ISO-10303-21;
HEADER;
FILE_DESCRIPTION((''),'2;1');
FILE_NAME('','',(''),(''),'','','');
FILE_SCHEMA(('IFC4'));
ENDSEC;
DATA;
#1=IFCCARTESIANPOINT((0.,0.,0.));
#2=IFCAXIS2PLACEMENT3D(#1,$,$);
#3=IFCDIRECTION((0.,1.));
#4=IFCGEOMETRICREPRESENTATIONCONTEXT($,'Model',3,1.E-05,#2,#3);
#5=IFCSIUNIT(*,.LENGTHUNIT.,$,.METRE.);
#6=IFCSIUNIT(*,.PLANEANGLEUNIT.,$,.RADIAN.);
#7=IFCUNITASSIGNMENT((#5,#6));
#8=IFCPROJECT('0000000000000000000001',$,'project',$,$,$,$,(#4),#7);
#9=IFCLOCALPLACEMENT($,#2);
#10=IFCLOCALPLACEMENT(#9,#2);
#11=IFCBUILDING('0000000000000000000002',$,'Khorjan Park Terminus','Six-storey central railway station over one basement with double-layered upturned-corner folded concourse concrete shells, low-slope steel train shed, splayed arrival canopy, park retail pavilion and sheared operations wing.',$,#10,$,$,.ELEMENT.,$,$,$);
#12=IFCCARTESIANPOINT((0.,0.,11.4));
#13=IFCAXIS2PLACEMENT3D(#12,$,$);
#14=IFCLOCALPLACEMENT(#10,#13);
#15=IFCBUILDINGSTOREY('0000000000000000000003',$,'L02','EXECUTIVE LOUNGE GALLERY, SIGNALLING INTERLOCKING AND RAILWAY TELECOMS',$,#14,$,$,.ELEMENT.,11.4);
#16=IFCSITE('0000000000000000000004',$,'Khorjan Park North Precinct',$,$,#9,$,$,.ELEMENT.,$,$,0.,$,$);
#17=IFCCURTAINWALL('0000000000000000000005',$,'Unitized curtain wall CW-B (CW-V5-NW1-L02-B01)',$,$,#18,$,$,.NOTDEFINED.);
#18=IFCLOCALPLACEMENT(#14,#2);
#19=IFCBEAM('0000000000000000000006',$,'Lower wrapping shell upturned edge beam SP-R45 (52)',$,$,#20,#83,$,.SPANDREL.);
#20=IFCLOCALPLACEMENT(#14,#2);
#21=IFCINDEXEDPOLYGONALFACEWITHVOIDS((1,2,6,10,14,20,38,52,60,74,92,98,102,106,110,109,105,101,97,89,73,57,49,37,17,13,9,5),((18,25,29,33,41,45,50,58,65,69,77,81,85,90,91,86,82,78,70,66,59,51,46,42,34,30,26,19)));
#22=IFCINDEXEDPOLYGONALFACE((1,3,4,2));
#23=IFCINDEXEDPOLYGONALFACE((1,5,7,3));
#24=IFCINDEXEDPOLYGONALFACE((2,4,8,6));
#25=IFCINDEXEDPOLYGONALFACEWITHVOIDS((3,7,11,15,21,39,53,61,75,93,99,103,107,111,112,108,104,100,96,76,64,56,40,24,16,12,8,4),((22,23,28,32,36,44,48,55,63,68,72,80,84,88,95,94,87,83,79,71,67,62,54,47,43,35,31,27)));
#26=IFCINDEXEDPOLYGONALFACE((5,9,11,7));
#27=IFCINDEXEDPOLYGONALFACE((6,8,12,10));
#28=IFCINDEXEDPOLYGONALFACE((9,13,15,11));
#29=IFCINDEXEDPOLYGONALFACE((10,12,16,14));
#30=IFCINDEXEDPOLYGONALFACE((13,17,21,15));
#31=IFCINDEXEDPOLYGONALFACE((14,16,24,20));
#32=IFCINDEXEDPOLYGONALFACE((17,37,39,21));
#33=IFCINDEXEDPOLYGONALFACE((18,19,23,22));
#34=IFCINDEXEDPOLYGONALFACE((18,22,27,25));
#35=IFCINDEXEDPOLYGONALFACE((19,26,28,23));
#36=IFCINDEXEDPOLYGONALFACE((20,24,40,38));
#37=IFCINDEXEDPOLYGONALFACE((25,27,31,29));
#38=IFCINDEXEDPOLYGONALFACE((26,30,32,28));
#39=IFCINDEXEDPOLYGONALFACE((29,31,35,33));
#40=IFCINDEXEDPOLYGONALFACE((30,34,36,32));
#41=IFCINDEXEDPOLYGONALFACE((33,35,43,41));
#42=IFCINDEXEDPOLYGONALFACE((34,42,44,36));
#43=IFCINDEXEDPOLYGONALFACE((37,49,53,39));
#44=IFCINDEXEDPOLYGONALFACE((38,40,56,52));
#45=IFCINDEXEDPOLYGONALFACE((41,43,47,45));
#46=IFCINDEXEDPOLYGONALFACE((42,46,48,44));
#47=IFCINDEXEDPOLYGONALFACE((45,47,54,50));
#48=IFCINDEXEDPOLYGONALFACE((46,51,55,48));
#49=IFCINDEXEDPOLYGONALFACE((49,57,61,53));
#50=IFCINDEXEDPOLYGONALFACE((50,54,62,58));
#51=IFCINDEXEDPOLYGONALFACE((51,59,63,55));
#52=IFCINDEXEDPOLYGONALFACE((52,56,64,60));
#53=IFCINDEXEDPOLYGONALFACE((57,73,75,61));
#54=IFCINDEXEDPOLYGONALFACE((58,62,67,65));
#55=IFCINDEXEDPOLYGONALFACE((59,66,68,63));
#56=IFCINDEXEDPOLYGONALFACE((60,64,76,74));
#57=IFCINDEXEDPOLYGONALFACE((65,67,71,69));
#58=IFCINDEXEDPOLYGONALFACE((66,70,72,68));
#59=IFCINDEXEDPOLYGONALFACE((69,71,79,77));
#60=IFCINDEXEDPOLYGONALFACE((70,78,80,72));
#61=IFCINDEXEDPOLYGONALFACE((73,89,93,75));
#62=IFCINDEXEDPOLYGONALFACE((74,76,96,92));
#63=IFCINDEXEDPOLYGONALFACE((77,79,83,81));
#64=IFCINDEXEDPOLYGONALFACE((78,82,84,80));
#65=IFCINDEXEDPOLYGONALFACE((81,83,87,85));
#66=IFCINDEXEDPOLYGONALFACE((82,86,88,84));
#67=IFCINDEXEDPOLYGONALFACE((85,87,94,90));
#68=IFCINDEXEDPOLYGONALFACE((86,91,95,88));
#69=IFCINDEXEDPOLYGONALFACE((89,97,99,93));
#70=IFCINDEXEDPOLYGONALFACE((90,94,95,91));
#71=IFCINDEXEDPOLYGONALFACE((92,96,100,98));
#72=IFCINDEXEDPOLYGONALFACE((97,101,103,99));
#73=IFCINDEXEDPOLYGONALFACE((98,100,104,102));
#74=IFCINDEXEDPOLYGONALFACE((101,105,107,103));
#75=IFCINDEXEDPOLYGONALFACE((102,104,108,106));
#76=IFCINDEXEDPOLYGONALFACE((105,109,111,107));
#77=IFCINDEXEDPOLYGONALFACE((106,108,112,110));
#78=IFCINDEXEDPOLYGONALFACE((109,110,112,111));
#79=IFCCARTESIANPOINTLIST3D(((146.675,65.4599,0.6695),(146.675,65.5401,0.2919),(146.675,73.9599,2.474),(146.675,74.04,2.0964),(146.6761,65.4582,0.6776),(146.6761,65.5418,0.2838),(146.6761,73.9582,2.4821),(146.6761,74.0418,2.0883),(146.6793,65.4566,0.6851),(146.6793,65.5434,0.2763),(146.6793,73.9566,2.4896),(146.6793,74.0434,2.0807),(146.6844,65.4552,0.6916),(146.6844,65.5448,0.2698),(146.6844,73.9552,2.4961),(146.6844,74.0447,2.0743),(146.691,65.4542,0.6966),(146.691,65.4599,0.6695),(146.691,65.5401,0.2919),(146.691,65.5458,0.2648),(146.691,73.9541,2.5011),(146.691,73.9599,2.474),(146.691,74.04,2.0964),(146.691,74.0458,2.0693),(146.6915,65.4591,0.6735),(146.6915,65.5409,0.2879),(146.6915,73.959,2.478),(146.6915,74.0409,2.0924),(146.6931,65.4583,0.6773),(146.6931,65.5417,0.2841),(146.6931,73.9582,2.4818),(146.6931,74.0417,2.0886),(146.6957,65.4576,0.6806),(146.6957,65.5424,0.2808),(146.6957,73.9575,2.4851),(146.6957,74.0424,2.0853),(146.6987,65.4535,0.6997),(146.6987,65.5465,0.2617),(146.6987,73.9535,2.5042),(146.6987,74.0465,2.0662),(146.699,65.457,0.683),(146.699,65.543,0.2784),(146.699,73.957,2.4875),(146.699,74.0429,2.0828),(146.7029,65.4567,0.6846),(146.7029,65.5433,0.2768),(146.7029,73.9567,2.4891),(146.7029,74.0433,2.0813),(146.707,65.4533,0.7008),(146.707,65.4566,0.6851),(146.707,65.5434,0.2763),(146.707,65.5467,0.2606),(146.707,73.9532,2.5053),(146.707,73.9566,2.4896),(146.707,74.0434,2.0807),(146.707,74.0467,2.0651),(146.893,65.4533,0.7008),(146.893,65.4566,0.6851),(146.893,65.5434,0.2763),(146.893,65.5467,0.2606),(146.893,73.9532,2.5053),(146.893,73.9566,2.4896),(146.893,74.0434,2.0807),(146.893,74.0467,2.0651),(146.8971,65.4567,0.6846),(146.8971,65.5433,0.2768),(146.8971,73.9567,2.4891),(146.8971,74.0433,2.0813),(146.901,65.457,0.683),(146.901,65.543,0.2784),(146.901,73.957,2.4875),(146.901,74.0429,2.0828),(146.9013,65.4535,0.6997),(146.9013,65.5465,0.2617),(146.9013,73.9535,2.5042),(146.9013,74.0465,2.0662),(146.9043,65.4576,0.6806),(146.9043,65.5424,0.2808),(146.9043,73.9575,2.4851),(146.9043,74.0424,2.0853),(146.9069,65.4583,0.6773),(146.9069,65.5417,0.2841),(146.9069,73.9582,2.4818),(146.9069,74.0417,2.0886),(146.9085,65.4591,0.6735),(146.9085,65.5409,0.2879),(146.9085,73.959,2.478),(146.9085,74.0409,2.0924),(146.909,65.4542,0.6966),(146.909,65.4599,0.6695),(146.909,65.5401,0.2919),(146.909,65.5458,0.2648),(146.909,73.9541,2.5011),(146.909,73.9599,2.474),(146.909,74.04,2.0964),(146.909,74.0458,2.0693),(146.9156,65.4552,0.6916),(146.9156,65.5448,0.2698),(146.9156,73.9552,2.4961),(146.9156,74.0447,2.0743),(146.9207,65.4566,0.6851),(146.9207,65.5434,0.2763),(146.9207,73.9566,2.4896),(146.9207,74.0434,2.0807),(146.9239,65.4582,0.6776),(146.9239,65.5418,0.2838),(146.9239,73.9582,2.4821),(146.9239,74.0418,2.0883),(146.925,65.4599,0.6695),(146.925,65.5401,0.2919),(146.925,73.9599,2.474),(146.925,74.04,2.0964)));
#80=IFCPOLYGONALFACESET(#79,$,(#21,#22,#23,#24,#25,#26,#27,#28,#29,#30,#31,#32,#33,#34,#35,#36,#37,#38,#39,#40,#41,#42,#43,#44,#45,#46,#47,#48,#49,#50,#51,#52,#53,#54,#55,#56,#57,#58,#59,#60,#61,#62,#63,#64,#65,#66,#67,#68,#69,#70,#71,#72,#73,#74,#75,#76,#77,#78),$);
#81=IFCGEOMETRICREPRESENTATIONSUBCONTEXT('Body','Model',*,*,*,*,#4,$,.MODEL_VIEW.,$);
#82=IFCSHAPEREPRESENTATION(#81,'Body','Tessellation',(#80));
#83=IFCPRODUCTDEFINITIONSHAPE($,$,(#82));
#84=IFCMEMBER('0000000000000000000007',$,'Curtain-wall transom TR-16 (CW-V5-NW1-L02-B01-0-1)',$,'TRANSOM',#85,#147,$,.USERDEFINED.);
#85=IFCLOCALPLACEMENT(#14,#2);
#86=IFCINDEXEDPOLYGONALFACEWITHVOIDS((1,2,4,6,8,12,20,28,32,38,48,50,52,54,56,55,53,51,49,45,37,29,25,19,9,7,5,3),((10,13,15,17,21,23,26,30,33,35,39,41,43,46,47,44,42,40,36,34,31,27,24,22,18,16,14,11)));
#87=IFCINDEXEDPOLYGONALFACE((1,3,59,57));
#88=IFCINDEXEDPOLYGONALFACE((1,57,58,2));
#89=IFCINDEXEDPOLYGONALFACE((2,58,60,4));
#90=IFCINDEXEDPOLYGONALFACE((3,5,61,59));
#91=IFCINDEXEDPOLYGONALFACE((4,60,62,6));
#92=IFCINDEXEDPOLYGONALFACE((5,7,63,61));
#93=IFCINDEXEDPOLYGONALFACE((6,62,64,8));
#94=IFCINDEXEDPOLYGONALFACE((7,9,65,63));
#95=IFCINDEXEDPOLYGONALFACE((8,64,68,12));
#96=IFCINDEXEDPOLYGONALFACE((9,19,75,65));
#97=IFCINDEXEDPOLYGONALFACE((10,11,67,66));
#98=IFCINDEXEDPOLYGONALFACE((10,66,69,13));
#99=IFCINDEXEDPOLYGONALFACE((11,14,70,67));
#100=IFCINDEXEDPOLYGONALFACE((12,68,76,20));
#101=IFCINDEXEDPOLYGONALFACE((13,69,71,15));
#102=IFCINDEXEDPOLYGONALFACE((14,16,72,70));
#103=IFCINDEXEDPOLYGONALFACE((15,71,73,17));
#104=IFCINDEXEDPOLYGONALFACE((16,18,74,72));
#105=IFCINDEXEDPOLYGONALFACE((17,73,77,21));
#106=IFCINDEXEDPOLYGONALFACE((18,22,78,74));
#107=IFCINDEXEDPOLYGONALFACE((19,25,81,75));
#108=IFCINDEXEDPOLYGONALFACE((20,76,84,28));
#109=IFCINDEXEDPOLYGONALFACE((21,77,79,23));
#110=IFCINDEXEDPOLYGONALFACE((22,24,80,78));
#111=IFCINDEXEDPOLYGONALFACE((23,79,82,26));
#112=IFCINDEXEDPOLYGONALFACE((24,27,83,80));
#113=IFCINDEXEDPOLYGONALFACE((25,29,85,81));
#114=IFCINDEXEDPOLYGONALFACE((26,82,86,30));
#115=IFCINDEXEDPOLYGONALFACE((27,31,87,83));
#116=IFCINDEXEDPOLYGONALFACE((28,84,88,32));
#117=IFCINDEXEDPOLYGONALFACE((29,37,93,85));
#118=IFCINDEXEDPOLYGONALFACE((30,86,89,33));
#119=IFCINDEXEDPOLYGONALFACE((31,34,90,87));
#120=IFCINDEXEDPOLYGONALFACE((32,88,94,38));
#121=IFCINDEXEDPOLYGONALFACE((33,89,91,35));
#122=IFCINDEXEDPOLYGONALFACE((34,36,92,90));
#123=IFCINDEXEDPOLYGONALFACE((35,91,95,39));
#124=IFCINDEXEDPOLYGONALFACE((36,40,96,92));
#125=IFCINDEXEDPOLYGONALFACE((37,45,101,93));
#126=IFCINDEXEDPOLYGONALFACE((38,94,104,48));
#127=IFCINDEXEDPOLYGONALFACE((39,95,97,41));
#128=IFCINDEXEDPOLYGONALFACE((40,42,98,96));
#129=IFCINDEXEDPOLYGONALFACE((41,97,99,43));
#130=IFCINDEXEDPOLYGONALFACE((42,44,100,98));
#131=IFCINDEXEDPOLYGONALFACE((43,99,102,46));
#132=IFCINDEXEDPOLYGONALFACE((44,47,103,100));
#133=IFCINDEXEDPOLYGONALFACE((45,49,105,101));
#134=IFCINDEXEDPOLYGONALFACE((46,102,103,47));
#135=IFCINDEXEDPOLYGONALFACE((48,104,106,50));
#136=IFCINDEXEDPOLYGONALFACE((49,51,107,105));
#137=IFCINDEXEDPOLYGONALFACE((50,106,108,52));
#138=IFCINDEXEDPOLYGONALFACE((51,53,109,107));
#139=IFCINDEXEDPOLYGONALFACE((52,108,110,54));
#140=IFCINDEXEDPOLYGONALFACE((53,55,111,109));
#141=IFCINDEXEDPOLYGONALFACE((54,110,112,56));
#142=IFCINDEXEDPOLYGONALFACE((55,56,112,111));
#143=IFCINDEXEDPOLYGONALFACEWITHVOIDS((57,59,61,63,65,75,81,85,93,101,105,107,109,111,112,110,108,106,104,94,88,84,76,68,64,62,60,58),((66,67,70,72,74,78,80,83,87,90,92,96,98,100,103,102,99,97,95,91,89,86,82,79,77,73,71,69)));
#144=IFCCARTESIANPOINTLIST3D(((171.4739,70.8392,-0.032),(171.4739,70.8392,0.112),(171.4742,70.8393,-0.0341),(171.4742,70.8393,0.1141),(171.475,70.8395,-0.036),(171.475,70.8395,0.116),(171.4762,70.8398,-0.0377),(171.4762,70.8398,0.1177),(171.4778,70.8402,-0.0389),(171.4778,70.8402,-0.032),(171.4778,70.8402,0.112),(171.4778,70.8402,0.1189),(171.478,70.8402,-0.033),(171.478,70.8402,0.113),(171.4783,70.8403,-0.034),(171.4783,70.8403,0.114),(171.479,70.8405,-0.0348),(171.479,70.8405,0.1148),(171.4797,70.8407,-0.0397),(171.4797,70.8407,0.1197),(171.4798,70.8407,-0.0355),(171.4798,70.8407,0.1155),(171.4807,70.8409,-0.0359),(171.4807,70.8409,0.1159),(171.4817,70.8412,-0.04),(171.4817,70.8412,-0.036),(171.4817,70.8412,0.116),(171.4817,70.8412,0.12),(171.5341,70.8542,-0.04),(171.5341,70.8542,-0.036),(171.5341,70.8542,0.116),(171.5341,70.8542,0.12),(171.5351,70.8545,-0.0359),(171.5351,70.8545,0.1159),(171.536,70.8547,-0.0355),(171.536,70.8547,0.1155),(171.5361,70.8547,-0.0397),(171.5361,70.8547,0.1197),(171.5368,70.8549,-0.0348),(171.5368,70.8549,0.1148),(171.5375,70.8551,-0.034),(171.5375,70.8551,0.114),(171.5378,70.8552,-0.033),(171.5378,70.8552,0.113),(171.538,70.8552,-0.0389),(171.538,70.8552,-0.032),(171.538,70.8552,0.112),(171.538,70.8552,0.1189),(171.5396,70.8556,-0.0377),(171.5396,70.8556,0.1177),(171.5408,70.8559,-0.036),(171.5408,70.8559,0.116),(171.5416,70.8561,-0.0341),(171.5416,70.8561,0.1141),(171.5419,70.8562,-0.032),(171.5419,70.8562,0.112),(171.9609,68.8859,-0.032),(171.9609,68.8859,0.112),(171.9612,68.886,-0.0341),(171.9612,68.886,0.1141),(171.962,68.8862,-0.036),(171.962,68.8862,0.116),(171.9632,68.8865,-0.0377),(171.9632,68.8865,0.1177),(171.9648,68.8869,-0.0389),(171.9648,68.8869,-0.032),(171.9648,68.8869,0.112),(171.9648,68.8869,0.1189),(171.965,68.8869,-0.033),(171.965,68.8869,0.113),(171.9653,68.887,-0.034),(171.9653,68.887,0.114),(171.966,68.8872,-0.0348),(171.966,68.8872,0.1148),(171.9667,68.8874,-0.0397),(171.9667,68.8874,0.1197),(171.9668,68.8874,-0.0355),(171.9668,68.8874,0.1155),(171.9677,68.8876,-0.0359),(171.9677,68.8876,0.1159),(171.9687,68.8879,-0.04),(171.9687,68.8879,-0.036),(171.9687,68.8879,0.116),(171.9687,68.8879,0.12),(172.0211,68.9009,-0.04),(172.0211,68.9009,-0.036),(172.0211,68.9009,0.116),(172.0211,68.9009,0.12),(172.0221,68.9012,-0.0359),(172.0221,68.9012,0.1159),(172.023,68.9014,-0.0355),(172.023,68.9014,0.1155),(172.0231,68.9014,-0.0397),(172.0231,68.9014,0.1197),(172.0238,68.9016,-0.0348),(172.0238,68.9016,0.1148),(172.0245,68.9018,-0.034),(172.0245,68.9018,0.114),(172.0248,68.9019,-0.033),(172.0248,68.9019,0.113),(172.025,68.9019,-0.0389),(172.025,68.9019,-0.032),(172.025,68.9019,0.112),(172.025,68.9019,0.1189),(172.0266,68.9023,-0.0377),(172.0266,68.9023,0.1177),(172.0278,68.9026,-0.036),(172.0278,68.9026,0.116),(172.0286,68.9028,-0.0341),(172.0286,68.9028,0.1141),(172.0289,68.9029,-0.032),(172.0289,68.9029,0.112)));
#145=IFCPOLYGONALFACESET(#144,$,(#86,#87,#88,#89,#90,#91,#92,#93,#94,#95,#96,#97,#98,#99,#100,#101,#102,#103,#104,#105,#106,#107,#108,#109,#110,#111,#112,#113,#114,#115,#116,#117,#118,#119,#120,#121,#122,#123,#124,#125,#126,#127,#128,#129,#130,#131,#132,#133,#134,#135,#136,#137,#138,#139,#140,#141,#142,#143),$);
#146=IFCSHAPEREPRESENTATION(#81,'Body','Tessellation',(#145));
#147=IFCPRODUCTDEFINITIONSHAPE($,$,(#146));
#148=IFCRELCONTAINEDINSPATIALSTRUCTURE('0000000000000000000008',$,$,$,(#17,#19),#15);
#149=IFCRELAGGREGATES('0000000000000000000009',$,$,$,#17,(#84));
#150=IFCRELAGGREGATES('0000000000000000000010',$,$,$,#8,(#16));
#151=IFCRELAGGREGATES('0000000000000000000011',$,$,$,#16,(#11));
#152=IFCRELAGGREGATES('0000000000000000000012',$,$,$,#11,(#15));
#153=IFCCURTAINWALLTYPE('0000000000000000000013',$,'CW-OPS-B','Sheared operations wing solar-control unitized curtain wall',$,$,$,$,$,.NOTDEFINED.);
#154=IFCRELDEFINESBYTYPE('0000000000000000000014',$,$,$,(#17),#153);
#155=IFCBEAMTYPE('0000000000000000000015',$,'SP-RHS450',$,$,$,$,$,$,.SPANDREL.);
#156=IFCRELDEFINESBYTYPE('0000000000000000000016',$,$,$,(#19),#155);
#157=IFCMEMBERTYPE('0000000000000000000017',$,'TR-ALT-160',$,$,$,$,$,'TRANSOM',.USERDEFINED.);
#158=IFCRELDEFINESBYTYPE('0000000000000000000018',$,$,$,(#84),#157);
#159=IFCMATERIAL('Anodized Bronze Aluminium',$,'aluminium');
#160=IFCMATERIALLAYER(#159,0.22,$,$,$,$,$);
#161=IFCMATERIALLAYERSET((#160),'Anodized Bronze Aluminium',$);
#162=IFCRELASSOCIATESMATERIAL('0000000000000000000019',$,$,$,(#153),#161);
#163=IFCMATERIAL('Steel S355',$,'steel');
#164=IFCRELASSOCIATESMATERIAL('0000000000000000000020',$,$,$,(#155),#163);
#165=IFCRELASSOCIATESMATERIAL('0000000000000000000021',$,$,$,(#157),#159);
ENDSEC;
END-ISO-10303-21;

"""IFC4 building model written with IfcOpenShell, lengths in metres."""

from ifc_helpers import new_model, si_unit, direction, frame, origin, origin_2d, place, context, subcontext, project, spatial, hollow_rectangle, extrude, material, layer, layer_set, material_profile, profile_set, type_object, element, aggregate, save


model = new_model("IFC4")

# Units and contexts
model_context = context("Model", 3, precision=1e-05, world=origin(), true_north=direction((0.0, 1.0)))
body_context = subcontext(model_context, "Body", "Model", "MODEL_VIEW")
ifc_project = project(units=[si_unit("LENGTHUNIT", "METRE"), si_unit("PLANEANGLEUNIT", "RADIAN")], contexts=[model_context])

# Site, building, storey
site_placement = place(None, origin())
site = spatial("IfcSite", under=ifc_project, at=site_placement, Name="Khorjan Park North Precinct", CompositionType="ELEMENT", RefElevation=0.0)
building_placement = place(site_placement, origin())
building = spatial("IfcBuilding", under=site, at=building_placement, Name="Khorjan Park Terminus", Description="Six-storey central railway station over one basement with double-layered upturned-corner folded concourse concrete shells, low-slope steel train shed, splayed arrival canopy, park retail pavilion and sheared operations wing.", CompositionType="ELEMENT")
storey_placement = place(building_placement, frame((0.0, 0.0, 11.4)))
storey = spatial("IfcBuildingStorey", under=building, at=storey_placement, Name="L02", Description="EXECUTIVE LOUNGE GALLERY, SIGNALLING INTERLOCKING AND RAILWAY TELECOMS", CompositionType="ELEMENT", Elevation=11.4)

# Shared definitions
ifc_material_1 = material(Name="Steel S355", Category="steel")

# Curtain wall
ifc_material_2 = material(Name="Anodized Bronze Aluminium", Category="aluminium")
ifc_layer_1 = layer(ifc_material_2, 0.22)
ifc_layer_set_1 = layer_set([ifc_layer_1], Name="Anodized Bronze Aluminium")
curtain_wall_type = type_object("IfcCurtainWallType", Name="CW-OPS-B", Description="Sheared operations wing solar-control unitized curtain wall", PredefinedType="NOTDEFINED", material=ifc_layer_set_1)
curtain_wall_placement = place(storey_placement, origin())
curtain_wall = element("IfcCurtainWall", 1, at=curtain_wall_placement, inside=storey, type_object=curtain_wall_type, Name="Unitized curtain wall CW-B (CW-V5-NW1-L02-B01)", PredefinedType="NOTDEFINED")

# Beam
ifc_material_profile_1 = material_profile(ifc_material_1, hollow_rectangle(XDim=0.25, YDim=0.45, WallThickness=0.016, InnerFilletRadius=0.016, OuterFilletRadius=0.032, at=origin_2d()), Name="RHS 450x250x16")
ifc_profile_set_1 = profile_set([ifc_material_profile_1], Name="Steel S355")
beam_type_1 = type_object("IfcBeamType", Name="SP-RHS450", PredefinedType="SPANDREL", material=ifc_profile_set_1)
beam_1_placement = place(storey_placement, frame((146.8, 65.5, 0.4807), z_axis=(0.0, 0.9782, 0.207666), x_axis=(-1.0, 0.0, 0.0)))
element("IfcBeam", 2, at=beam_1_placement, inside=storey, type_object=beam_type_1, Name="Lower wrapping shell upturned edge beam SP-R45 (52)", PredefinedType="SPANDREL", context=body_context, shape_type="SweptSolid", body=[
    extrude(hollow_rectangle(XDim=0.25, YDim=0.45, WallThickness=0.016, InnerFilletRadius=0.016, OuterFilletRadius=0.032, at=origin_2d()), origin(), (0.0, 0.0, 1.0), 8.6894),
])

# Member
ifc_material_profile_2 = material_profile(ifc_material_2, hollow_rectangle(XDim=0.07, YDim=0.16, WallThickness=0.004, InnerFilletRadius=0.004, OuterFilletRadius=0.008, at=origin_2d()), Name="ALT 70x160x4")
ifc_profile_set_2 = profile_set([ifc_material_profile_2], Name="Anodized Bronze Aluminium")
member_type_1 = type_object("IfcMemberType", Name="TR-ALT-160", ElementType="TRANSOM", PredefinedType="USERDEFINED", material=ifc_profile_set_2)
member_1_placement = place(storey_placement, frame((171.5079, 70.8477, 0.04), z_axis=(0.241916, -0.970297, 0.0), x_axis=(0.970297, 0.241916, 0.0)))
member_1 = element("IfcMember", 3, at=member_1_placement, type_object=member_type_1, Name="Curtain-wall transom TR-16 (CW-V5-NW1-L02-B01-0-1)", ObjectType="TRANSOM", PredefinedType="USERDEFINED", context=body_context, shape_type="SweptSolid", body=[
    extrude(hollow_rectangle(XDim=0.07, YDim=0.16, WallThickness=0.004, InnerFilletRadius=0.004, OuterFilletRadius=0.008, at=origin_2d()), origin(), (0.0, 0.0, 1.0), 2.0131),
])

aggregate(curtain_wall, [member_1])

save(model, "model.ifc")
